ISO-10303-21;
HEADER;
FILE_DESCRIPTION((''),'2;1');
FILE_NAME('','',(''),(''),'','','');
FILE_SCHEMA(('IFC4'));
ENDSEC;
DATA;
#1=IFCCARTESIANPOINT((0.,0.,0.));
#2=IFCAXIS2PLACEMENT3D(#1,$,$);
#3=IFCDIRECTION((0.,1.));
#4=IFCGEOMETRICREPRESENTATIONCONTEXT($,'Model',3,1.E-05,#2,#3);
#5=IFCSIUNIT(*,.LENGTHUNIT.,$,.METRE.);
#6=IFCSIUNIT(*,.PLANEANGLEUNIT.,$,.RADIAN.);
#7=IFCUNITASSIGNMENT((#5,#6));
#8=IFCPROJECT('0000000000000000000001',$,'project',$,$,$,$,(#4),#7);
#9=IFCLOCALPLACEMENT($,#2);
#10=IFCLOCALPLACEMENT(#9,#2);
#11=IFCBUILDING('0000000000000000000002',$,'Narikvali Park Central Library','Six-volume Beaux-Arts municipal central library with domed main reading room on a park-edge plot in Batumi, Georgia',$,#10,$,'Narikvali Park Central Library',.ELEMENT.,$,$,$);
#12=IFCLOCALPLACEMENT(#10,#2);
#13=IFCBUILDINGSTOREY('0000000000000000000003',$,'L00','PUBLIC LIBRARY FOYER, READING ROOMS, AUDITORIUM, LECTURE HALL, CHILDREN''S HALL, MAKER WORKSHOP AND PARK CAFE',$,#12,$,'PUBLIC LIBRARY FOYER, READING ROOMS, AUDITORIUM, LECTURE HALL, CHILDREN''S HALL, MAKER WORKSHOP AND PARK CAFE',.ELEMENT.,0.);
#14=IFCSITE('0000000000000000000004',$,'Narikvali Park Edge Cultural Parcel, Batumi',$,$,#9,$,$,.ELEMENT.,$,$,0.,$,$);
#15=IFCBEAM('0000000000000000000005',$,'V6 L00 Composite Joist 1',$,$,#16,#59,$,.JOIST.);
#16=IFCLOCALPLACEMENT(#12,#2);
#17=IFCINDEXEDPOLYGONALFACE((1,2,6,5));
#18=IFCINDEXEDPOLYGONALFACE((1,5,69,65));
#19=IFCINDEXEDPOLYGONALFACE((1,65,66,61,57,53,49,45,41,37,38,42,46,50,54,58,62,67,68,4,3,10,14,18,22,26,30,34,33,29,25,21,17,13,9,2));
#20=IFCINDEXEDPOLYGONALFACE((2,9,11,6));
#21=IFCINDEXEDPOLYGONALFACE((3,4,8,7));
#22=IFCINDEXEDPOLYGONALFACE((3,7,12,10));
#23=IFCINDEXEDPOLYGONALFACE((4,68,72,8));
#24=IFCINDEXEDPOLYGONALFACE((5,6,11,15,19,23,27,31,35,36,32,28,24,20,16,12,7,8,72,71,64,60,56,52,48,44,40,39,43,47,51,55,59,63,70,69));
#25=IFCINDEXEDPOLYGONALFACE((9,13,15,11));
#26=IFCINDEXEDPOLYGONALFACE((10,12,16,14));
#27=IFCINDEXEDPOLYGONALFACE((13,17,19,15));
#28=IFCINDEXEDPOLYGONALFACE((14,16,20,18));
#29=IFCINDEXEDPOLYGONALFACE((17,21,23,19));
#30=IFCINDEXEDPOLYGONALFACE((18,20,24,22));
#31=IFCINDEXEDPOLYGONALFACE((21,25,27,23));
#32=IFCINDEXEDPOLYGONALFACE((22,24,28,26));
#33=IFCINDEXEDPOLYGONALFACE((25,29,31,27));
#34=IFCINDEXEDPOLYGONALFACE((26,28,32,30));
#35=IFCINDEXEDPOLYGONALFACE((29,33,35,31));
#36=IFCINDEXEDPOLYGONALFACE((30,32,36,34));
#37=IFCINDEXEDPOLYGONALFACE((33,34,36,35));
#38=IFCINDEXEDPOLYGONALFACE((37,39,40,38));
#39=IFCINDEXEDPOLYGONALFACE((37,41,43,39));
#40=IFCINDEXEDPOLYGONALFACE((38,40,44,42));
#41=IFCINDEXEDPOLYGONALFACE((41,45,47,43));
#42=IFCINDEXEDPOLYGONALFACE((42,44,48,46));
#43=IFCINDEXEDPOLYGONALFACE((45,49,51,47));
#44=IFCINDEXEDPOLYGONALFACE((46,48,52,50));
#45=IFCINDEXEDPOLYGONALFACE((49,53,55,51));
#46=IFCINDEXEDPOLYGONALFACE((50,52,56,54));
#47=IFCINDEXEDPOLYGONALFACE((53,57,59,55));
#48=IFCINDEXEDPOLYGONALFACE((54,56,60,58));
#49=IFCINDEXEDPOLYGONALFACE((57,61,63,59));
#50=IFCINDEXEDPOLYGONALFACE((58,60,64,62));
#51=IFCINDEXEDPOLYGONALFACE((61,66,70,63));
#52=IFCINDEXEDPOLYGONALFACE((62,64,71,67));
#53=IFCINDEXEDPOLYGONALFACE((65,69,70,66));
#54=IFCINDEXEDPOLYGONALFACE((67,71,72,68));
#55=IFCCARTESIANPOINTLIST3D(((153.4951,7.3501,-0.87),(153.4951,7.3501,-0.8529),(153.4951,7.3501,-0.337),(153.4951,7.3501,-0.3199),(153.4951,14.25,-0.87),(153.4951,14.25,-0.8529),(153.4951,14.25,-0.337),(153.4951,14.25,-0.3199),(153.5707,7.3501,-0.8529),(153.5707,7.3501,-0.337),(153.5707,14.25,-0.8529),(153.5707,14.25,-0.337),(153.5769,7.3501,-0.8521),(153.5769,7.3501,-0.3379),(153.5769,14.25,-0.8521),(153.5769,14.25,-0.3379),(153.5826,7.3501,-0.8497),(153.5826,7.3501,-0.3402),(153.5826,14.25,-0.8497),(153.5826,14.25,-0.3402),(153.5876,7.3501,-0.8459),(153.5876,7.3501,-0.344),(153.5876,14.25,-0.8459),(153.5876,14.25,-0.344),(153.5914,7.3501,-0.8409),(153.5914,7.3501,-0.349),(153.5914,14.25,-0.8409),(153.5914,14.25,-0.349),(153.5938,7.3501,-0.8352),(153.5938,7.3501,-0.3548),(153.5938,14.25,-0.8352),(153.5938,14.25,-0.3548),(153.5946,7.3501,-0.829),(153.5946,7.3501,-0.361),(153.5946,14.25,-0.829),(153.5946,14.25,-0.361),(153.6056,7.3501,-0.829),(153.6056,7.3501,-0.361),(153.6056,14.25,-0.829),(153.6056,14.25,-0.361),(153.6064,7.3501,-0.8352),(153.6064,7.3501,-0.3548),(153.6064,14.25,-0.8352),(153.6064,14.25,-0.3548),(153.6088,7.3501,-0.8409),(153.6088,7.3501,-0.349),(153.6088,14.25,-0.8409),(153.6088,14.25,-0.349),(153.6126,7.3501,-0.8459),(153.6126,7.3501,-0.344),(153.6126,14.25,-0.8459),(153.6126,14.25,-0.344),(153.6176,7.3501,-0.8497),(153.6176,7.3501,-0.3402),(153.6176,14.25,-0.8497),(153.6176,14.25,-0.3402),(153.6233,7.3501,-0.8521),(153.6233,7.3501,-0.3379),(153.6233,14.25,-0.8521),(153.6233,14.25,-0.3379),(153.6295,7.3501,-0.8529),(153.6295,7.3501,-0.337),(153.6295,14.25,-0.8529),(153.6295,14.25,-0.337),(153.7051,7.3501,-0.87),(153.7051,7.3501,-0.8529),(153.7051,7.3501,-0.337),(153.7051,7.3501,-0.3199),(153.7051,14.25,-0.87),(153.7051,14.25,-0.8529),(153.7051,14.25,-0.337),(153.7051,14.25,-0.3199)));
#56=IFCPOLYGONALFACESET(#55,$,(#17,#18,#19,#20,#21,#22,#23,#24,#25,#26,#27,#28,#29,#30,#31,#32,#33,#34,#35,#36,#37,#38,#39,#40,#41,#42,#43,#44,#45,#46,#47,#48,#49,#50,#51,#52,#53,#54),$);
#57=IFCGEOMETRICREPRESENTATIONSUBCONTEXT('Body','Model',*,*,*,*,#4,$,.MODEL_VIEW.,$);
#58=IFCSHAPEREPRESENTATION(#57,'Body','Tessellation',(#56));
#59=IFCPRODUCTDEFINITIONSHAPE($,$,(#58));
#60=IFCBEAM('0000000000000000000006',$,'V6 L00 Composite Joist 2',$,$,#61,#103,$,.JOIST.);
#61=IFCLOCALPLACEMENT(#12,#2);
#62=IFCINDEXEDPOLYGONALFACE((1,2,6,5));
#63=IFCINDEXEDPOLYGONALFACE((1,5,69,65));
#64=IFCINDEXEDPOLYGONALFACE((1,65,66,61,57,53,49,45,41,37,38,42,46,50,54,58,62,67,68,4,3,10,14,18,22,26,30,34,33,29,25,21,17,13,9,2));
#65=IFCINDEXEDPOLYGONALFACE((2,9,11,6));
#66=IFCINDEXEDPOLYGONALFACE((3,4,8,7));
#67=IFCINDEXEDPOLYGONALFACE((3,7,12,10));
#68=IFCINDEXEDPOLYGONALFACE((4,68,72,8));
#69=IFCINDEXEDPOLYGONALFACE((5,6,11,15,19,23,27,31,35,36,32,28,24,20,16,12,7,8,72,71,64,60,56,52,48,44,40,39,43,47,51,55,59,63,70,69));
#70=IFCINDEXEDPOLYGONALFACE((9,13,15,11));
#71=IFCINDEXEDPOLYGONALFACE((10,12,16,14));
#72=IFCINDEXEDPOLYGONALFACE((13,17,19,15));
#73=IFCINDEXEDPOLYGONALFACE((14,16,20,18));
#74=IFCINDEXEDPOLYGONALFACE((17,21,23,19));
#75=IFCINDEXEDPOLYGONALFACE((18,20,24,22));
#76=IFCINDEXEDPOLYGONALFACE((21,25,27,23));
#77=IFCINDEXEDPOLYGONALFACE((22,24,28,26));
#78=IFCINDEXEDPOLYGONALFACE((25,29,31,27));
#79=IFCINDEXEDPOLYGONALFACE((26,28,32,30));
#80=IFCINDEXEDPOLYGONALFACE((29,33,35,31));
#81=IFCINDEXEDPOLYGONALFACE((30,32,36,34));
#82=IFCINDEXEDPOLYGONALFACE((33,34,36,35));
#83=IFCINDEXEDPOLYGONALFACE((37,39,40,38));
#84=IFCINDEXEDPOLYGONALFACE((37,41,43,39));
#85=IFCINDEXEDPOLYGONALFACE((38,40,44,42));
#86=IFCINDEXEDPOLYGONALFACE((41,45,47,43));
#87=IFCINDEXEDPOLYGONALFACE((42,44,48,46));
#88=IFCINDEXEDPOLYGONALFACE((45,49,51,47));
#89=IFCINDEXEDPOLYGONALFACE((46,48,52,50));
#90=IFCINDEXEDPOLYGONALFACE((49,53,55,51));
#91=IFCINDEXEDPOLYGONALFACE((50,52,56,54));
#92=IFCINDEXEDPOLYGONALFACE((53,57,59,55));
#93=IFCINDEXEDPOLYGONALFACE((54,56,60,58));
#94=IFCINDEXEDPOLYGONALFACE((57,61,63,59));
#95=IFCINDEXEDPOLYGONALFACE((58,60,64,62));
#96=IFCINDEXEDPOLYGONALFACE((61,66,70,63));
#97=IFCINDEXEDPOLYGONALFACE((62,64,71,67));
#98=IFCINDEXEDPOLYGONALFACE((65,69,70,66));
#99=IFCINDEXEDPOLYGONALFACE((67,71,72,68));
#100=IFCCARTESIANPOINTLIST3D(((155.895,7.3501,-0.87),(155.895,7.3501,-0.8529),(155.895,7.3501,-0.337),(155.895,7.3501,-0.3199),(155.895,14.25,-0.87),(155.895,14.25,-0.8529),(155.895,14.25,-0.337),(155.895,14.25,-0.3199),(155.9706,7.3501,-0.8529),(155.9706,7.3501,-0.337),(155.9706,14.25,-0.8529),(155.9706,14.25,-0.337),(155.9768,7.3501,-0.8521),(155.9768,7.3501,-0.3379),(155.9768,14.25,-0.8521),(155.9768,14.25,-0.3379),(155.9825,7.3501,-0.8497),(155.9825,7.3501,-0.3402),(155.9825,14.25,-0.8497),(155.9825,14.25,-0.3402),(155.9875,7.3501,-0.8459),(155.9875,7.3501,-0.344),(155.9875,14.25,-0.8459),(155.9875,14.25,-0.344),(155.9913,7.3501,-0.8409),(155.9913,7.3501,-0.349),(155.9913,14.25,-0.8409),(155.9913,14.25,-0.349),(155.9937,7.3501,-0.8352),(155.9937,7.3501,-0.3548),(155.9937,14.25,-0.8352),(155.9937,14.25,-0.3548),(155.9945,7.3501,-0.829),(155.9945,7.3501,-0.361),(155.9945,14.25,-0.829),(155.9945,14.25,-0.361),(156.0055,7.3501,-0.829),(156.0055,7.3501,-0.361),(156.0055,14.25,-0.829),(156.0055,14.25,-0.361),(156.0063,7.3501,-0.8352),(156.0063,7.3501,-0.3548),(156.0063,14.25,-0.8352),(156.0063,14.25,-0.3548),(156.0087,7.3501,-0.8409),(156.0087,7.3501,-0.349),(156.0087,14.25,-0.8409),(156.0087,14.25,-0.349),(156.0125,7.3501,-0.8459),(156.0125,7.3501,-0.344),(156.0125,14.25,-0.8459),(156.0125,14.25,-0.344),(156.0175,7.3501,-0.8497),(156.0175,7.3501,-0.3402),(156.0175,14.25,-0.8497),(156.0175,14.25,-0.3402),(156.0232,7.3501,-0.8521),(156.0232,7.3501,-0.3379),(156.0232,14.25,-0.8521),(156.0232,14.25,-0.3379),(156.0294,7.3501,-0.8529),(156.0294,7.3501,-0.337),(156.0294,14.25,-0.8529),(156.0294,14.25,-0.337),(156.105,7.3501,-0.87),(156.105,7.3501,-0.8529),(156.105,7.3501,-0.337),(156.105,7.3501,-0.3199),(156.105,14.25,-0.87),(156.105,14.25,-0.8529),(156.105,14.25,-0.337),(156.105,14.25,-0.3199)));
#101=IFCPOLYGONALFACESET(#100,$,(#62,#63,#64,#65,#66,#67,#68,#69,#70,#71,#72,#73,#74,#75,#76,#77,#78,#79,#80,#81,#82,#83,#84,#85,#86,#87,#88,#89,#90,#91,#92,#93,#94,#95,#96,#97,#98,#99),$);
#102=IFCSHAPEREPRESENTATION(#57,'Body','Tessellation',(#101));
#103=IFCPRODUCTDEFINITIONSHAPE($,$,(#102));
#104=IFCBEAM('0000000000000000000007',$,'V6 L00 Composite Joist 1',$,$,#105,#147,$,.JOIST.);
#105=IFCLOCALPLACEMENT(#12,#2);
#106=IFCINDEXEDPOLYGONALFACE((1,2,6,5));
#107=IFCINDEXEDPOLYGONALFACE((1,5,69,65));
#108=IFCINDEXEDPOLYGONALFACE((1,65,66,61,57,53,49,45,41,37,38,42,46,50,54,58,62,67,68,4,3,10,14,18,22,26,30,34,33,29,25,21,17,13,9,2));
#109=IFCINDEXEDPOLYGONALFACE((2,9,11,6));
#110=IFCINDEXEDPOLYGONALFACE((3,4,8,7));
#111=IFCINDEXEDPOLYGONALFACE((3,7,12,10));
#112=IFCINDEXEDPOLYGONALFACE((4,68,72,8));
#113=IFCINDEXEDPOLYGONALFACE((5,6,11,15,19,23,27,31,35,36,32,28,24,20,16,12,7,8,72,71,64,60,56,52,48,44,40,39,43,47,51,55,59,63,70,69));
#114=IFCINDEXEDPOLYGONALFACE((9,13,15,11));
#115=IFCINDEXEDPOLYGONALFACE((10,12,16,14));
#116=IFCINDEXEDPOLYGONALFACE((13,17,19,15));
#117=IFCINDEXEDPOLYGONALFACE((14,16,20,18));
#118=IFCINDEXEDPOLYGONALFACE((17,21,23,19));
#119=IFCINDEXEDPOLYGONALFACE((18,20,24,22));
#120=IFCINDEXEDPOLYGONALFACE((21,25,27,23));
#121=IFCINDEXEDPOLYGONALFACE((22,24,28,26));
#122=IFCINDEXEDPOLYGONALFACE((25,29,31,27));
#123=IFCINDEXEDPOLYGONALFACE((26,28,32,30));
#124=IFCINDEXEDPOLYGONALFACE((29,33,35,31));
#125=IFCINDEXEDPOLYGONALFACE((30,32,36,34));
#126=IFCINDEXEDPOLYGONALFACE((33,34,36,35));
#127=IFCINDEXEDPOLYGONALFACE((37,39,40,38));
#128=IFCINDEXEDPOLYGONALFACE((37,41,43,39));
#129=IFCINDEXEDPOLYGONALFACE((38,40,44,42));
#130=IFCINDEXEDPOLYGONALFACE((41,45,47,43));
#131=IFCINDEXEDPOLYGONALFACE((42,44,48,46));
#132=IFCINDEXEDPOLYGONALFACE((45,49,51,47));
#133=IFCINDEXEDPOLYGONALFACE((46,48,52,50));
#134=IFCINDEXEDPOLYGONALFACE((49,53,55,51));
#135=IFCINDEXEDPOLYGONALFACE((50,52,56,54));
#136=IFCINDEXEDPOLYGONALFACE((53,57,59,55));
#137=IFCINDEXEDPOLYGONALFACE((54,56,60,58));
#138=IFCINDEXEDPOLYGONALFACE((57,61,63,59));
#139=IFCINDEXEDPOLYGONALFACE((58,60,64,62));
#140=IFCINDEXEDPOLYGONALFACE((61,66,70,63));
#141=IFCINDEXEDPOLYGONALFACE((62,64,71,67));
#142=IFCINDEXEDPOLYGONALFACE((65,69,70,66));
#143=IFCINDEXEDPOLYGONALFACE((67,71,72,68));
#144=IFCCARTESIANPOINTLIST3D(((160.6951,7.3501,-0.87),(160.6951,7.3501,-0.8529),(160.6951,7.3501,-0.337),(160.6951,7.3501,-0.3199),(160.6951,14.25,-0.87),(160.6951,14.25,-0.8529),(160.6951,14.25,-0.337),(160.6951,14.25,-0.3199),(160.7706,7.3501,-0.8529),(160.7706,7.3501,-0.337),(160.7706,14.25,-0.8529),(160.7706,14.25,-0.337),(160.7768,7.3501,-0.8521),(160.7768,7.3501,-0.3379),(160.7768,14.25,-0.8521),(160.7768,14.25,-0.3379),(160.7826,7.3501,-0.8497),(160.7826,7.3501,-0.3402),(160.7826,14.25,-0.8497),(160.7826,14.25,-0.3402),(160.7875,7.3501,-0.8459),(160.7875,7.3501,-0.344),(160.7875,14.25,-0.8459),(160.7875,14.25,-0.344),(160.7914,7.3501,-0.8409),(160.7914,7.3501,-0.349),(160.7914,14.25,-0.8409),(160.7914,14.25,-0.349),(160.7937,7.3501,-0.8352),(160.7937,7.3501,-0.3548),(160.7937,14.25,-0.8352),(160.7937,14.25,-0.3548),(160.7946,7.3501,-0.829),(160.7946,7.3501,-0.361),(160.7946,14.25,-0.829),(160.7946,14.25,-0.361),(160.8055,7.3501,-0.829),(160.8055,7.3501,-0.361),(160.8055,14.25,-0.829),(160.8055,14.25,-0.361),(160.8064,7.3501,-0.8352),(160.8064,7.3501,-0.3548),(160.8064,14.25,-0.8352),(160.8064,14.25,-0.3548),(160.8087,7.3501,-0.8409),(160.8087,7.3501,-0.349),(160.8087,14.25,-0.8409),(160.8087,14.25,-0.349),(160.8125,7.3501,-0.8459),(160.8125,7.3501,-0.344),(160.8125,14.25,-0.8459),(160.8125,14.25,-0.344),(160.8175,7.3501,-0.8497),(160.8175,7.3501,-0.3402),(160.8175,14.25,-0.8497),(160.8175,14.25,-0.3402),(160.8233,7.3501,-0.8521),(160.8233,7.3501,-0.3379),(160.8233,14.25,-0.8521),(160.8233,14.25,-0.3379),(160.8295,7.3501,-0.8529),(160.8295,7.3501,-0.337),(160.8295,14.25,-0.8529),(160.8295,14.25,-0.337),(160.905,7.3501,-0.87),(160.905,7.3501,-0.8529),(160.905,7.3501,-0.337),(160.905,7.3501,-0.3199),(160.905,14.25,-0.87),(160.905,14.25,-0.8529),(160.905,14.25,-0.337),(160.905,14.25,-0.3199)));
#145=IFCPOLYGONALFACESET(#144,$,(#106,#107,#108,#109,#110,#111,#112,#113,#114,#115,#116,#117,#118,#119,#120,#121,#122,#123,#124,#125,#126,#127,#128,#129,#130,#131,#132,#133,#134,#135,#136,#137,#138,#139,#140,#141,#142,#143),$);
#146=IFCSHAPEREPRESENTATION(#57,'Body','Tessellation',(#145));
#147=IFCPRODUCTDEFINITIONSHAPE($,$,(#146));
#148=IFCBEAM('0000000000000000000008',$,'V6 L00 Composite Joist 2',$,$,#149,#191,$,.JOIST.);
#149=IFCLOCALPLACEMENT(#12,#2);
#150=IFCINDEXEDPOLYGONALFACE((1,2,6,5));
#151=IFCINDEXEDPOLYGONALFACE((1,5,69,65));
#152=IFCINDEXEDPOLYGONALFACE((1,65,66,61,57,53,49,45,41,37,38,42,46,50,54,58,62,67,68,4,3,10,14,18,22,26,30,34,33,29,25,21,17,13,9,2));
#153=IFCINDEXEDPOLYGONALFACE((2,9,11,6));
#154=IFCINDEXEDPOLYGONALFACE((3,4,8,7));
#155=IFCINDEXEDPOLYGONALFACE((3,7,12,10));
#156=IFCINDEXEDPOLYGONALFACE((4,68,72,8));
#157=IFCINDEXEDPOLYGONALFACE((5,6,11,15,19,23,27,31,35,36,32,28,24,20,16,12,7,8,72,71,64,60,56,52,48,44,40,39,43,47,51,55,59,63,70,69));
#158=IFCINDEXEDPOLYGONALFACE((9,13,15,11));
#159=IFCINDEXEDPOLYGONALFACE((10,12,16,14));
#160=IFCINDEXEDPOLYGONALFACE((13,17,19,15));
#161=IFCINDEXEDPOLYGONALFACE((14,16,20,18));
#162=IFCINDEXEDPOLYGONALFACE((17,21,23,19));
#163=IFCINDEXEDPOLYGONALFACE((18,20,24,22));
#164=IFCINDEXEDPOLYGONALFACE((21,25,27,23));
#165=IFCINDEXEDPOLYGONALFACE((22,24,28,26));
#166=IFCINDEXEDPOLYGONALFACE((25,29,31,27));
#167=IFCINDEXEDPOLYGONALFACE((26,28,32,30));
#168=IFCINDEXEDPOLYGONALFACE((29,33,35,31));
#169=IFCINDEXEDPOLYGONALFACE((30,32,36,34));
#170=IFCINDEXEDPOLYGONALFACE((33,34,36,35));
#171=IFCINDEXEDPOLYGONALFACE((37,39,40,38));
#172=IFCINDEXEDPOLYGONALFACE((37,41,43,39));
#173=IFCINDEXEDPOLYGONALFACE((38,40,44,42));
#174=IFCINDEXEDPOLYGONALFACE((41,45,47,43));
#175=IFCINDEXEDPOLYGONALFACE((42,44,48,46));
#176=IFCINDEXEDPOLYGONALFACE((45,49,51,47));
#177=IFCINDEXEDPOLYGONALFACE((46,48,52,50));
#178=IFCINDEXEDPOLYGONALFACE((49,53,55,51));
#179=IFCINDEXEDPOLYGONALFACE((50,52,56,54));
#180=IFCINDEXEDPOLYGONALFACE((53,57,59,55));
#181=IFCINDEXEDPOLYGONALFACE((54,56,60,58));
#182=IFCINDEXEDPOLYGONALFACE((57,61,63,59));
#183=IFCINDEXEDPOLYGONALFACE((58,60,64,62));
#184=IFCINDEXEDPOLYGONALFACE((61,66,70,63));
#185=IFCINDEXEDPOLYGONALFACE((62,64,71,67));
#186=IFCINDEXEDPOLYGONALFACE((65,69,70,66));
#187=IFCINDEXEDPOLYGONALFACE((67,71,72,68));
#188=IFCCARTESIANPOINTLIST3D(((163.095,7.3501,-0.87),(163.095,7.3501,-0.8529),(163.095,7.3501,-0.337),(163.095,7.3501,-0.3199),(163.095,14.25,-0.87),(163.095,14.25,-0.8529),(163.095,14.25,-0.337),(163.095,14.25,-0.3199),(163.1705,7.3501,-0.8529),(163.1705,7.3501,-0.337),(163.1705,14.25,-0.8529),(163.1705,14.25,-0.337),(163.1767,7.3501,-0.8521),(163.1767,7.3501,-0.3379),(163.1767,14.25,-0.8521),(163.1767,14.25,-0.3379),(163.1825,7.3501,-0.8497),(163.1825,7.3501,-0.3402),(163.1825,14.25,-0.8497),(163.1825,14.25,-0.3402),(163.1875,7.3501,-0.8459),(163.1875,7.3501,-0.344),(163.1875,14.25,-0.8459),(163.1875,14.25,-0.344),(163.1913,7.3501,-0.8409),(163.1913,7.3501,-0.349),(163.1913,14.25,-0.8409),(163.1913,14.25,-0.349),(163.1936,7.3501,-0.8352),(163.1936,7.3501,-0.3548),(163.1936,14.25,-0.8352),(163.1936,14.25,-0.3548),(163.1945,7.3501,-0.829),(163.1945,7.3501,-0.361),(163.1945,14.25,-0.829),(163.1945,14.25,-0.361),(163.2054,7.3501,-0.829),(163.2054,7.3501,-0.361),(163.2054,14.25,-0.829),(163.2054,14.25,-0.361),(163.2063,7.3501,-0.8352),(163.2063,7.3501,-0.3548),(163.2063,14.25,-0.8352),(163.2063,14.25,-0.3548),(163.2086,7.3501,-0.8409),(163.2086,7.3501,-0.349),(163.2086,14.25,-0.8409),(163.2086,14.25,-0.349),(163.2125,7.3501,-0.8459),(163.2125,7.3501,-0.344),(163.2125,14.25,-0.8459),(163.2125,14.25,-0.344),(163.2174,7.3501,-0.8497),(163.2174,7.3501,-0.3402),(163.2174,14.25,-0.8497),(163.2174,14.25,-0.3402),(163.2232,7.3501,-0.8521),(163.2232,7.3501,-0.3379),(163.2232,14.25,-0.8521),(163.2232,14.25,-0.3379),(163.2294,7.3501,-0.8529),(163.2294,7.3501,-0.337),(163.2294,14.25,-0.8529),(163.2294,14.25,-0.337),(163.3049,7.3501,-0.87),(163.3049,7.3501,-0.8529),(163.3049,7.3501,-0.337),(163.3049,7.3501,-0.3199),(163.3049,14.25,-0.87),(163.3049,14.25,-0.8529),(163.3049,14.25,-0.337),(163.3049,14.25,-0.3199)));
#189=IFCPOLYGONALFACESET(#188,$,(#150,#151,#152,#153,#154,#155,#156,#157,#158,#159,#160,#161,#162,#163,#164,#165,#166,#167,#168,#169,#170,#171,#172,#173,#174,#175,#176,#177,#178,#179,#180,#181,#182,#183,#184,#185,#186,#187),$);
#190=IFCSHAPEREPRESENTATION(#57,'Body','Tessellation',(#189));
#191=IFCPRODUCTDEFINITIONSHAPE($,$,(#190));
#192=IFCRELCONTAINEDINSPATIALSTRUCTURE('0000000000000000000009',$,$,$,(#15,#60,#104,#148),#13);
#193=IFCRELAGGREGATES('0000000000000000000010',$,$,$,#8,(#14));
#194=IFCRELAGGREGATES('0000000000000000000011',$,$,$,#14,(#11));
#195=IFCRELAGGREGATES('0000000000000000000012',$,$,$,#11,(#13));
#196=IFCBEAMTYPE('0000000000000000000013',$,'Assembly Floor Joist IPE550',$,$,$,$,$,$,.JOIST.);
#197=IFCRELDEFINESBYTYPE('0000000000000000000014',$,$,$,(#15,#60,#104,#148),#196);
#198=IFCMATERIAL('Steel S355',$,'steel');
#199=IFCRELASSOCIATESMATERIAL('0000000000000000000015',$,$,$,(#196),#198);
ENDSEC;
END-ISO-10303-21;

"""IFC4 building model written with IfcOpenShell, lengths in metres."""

from ifc_helpers import new_model, si_unit, direction, frame, origin, origin_2d, place, context, subcontext, project, spatial, i_section, extrude, material, material_profile, profile_set, type_object, element, save


model = new_model("IFC4")

# Units and contexts
model_context = context("Model", 3, precision=1e-05, world=origin(), true_north=direction((0.0, 1.0)))
body_context = subcontext(model_context, "Body", "Model", "MODEL_VIEW")
ifc_project = project(units=[si_unit("LENGTHUNIT", "METRE"), si_unit("PLANEANGLEUNIT", "RADIAN")], contexts=[model_context])

# Site, building, storey
site_placement = place(None, origin())
site = spatial("IfcSite", under=ifc_project, at=site_placement, Name="Narikvali Park Edge Cultural Parcel, Batumi", CompositionType="ELEMENT", RefElevation=0.0)
building_placement = place(site_placement, origin())
building = spatial("IfcBuilding", under=site, at=building_placement, Name="Narikvali Park Central Library", Description="Six-volume Beaux-Arts municipal central library with domed main reading room on a park-edge plot in Batumi, Georgia", LongName="Narikvali Park Central Library", CompositionType="ELEMENT")
storey_placement = place(building_placement, origin())
storey = spatial("IfcBuildingStorey", under=building, at=storey_placement, Name="L00", Description="PUBLIC LIBRARY FOYER, READING ROOMS, AUDITORIUM, LECTURE HALL, CHILDREN'S HALL, MAKER WORKSHOP AND PARK CAFE", LongName="PUBLIC LIBRARY FOYER, READING ROOMS, AUDITORIUM, LECTURE HALL, CHILDREN'S HALL, MAKER WORKSHOP AND PARK CAFE", CompositionType="ELEMENT", Elevation=0.0)

# Shared definitions
ifc_material_1 = material(Name="Steel S355", Category="steel")

# Beams
ifc_material_profile_1 = material_profile(ifc_material_1, i_section(OverallWidth=0.21, OverallDepth=0.55, WebThickness=0.011, FlangeThickness=0.0171, FilletRadius=0.0239, at=origin_2d()), Name="IPE 550")
ifc_profile_set_1 = profile_set([ifc_material_profile_1], Name="Steel S355")
beam_type_1 = type_object("IfcBeamType", Name="Assembly Floor Joist IPE550", PredefinedType="JOIST", material=ifc_profile_set_1)
for number, where, z_axis, x_axis, name in (
    (1, (153.6001, 7.3501, -0.595), (0.0, 1.0, 0.0), (-1.0, 0.0, 0.0), "V6 L00 Composite Joist 1"),
    (2, (156.0, 7.3501, -0.595), (0.0, 1.0, 0.0), (-1.0, 0.0, 0.0), "V6 L00 Composite Joist 2"),
    (3, (160.8, 7.3501, -0.595), (0.0, 1.0, 0.0), (-1.0, 0.0, 0.0), "V6 L00 Composite Joist 1"),
    (4, (163.2, 7.3501, -0.595), (0.0, 1.0, 0.0), (-1.0, 0.0, 0.0), "V6 L00 Composite Joist 2"),
):
    element("IfcBeam", number, at=place(storey_placement, frame(where, z_axis=z_axis, x_axis=x_axis)), inside=storey, type_object=beam_type_1, Name=name, PredefinedType="JOIST", context=body_context, shape_type="SweptSolid", body=[
        extrude(i_section(OverallWidth=0.21, OverallDepth=0.55, WebThickness=0.011, FlangeThickness=0.0171, FilletRadius=0.0239, at=origin_2d()), origin(), (0.0, 0.0, 1.0), 6.8999),
    ])

save(model, "model.ifc")
